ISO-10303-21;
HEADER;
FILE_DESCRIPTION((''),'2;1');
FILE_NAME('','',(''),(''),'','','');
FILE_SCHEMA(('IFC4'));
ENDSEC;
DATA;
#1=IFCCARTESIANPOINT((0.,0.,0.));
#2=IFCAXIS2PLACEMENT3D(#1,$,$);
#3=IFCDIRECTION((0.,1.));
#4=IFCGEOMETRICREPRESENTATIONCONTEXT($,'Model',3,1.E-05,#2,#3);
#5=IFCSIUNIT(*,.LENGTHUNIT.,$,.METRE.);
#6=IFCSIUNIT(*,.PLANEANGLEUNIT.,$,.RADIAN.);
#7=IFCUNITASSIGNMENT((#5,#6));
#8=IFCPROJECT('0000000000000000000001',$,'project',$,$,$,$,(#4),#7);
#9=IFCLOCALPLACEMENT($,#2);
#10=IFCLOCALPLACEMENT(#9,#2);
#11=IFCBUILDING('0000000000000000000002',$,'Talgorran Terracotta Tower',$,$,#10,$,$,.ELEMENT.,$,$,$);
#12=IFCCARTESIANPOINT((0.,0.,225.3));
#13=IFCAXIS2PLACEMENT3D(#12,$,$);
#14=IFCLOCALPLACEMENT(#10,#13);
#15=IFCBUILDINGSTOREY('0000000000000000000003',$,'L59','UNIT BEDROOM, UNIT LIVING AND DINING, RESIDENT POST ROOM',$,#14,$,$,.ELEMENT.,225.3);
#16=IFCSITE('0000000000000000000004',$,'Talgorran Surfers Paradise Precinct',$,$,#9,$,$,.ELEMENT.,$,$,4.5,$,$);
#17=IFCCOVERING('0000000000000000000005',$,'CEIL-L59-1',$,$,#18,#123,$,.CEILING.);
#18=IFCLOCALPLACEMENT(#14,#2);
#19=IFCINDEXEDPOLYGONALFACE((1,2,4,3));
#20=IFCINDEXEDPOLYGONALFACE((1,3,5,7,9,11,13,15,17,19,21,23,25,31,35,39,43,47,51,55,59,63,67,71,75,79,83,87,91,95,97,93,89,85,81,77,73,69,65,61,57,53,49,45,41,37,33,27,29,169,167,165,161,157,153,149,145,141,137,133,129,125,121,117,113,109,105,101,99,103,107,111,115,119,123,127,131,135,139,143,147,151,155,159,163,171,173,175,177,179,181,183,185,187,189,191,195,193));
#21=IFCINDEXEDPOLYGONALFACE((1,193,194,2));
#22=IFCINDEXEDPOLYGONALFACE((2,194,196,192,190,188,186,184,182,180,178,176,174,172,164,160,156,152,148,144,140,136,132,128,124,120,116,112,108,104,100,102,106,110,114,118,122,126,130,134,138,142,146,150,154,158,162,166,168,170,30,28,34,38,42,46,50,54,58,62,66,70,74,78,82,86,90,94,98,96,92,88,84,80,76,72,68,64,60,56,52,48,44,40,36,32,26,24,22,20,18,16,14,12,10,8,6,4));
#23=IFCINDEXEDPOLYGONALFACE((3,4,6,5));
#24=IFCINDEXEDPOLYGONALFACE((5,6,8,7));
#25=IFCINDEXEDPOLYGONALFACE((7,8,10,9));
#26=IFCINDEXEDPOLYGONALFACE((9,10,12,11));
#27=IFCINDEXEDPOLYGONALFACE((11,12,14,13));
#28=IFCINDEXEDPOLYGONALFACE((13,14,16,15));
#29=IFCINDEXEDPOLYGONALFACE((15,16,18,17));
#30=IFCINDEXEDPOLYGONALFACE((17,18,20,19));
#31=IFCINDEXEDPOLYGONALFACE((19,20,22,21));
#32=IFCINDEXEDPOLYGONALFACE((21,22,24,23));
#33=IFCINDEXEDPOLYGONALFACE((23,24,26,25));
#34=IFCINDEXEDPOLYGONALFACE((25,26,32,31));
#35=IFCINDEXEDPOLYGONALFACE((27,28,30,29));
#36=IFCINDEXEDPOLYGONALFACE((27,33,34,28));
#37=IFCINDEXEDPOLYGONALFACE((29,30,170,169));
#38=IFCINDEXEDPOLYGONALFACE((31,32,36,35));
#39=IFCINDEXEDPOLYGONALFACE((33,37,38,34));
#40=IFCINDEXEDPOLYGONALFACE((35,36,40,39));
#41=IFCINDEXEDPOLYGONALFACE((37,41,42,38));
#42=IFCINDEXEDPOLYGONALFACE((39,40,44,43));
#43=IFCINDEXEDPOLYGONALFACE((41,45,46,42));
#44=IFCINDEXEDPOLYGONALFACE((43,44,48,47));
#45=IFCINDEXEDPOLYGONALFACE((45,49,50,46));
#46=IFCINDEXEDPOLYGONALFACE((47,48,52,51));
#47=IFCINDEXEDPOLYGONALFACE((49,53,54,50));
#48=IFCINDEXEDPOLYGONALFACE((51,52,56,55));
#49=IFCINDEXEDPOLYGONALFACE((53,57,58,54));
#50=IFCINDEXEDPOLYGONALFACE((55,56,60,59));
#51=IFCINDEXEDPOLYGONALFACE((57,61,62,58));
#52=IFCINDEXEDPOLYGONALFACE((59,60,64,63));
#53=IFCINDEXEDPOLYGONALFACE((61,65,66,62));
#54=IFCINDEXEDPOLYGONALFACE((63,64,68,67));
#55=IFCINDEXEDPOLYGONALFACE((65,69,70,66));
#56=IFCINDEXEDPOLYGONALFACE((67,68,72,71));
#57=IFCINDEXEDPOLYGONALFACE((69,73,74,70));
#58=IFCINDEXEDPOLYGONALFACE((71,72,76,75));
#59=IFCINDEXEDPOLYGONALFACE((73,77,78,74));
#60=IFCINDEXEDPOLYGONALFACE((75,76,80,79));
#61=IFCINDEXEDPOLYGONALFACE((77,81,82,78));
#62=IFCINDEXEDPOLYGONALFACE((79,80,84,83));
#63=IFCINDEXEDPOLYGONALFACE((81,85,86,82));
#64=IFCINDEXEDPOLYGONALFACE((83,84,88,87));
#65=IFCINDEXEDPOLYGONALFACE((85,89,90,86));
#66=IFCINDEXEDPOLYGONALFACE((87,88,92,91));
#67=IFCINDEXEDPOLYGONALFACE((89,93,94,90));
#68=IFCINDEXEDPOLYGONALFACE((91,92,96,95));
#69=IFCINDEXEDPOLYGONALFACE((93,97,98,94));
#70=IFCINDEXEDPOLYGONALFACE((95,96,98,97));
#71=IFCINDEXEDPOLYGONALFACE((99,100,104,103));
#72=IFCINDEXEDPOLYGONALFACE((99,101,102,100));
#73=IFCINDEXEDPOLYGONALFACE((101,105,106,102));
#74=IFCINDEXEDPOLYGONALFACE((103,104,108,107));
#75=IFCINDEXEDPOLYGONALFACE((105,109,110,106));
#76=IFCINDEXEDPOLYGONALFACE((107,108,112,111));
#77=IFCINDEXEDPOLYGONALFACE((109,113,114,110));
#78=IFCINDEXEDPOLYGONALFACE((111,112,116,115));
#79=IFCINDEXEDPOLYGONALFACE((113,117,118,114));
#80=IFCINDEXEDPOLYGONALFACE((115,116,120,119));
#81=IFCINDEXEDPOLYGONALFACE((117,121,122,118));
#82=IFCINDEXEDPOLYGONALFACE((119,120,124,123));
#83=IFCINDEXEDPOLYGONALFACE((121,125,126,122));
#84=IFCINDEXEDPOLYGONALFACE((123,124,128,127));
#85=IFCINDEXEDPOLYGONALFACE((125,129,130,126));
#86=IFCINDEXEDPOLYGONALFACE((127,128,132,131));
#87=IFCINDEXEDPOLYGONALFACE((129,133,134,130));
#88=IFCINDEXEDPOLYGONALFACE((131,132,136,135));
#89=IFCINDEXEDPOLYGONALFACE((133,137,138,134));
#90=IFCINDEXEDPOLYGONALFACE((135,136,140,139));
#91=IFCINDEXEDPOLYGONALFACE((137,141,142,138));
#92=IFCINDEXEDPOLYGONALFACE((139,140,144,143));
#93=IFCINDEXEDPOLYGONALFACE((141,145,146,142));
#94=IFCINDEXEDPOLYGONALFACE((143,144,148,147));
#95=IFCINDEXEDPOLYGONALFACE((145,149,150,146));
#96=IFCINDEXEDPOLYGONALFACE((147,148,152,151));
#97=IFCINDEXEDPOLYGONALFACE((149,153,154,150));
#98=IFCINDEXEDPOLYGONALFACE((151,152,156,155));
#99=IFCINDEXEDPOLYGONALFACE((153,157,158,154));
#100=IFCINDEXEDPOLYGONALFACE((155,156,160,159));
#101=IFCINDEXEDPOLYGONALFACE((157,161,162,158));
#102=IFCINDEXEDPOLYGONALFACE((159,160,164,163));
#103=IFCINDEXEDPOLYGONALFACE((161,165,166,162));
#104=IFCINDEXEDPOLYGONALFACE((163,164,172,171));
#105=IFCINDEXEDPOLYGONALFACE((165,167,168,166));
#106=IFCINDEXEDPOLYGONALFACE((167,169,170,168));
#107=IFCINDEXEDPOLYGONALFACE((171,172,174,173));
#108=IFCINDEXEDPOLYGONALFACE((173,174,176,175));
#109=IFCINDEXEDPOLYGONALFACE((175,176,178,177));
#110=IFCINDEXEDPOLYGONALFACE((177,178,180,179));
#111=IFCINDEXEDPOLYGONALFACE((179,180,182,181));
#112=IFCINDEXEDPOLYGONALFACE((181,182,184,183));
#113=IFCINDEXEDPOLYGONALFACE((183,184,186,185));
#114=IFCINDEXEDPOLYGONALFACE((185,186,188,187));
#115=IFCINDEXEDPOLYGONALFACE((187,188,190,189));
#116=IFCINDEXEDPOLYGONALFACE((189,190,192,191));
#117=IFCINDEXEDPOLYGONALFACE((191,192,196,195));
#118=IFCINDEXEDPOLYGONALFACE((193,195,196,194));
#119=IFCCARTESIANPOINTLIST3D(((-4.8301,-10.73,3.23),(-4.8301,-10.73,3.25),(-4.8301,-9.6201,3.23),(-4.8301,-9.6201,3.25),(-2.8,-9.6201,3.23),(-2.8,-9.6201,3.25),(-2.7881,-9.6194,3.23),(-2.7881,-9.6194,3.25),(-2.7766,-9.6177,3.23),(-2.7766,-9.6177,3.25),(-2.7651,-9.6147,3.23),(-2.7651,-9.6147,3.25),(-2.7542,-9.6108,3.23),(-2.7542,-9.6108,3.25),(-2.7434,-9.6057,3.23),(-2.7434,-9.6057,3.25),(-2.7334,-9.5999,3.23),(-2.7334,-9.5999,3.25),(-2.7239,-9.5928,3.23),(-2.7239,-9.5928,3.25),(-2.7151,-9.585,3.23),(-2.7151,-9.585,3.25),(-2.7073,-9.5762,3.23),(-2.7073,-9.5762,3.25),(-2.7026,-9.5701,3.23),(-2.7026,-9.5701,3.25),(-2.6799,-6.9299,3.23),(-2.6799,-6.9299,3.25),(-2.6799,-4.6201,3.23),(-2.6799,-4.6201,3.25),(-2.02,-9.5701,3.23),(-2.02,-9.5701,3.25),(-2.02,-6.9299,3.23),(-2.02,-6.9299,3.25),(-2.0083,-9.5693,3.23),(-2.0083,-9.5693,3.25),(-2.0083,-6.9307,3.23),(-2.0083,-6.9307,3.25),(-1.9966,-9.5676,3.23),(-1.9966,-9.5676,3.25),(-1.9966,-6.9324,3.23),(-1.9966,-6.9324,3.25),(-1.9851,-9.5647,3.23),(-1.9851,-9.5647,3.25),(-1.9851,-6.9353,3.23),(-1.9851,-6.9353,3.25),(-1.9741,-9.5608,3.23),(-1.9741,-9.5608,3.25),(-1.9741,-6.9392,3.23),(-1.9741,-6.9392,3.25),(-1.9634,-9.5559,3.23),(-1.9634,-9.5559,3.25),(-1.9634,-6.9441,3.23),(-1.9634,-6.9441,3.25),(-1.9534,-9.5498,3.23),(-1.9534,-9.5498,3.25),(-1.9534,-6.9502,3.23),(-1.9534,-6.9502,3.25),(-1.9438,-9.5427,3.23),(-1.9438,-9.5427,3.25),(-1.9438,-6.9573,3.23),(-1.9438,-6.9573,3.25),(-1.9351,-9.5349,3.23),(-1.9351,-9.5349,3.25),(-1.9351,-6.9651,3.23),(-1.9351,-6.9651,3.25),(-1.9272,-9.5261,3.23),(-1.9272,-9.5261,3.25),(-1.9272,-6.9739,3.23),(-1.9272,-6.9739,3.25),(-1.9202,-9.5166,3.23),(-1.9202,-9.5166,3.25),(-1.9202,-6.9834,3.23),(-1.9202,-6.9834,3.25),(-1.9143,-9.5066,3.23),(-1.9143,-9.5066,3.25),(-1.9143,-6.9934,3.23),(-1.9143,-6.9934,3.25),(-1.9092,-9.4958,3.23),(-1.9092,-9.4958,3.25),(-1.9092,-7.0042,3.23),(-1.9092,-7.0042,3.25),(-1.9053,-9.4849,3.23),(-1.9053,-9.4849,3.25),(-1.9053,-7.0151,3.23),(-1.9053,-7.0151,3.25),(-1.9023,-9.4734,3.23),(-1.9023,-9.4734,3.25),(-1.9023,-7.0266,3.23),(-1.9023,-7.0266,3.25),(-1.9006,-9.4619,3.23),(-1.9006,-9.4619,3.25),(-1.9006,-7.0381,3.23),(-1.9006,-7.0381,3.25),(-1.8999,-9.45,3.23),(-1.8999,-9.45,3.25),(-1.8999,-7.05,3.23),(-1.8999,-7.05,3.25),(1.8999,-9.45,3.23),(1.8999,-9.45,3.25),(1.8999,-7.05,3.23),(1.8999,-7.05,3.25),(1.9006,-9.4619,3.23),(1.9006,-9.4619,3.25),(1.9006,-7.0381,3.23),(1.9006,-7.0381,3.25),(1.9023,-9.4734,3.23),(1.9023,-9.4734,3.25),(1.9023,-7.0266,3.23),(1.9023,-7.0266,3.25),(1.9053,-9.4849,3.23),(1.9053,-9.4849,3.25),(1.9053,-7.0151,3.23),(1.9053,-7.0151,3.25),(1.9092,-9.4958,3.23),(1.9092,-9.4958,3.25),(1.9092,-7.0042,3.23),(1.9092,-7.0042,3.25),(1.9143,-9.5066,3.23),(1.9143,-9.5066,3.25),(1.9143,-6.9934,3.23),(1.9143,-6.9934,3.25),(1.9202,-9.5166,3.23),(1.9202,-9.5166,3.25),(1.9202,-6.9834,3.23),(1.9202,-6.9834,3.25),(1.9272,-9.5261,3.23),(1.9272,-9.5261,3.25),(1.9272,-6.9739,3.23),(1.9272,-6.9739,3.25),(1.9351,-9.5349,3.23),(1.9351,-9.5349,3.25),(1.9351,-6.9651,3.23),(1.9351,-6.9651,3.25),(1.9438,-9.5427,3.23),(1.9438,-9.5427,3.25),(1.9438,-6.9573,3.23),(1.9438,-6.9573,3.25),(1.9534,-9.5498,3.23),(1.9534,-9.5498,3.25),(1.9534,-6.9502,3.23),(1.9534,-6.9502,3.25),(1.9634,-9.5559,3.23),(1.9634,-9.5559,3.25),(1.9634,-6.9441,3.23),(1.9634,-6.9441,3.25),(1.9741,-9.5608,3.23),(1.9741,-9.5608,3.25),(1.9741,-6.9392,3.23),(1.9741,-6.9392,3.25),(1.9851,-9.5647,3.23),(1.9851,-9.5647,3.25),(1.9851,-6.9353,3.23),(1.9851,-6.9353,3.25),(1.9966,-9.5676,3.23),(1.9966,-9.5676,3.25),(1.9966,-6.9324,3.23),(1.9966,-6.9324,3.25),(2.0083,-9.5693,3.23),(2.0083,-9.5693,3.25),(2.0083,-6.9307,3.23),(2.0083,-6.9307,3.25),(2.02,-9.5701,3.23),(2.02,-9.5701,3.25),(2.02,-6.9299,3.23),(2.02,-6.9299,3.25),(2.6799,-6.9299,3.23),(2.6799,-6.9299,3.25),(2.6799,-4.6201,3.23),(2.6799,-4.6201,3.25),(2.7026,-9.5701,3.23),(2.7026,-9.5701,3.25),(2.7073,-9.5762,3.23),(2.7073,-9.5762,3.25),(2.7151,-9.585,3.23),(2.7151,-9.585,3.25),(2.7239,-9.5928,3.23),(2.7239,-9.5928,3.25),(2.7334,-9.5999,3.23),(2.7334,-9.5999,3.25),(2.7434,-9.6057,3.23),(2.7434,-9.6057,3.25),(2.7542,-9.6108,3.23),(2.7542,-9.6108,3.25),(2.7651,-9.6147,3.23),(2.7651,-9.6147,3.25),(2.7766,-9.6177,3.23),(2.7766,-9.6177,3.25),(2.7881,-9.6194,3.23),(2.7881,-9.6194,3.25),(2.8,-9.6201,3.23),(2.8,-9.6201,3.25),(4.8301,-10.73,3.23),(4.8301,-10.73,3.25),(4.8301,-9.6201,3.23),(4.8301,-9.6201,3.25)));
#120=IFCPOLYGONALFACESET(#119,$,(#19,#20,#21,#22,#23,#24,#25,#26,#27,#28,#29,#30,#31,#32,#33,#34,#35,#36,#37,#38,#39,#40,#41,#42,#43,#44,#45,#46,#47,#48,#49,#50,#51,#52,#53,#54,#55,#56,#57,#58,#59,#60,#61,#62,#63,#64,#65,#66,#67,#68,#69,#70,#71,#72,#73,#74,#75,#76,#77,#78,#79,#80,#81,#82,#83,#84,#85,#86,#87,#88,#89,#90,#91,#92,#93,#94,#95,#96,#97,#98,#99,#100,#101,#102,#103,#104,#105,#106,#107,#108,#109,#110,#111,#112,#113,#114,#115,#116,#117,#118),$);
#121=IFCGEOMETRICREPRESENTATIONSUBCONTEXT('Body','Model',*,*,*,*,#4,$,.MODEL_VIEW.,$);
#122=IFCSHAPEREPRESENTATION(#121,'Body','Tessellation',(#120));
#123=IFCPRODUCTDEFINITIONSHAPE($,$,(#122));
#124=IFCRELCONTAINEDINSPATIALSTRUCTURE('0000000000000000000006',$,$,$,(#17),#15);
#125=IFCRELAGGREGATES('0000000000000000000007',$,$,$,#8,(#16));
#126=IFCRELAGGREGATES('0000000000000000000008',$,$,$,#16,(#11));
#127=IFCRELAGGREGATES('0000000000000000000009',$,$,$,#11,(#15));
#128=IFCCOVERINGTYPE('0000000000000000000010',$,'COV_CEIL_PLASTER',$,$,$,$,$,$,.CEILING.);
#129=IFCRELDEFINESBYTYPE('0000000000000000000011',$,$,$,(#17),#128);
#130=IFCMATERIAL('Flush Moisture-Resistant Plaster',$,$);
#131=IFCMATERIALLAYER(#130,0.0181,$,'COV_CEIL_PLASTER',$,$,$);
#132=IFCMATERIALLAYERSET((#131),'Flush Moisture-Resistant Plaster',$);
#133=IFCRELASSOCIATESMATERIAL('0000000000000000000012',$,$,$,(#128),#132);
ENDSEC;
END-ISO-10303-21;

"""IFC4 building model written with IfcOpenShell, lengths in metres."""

from ifc_helpers import new_model, si_unit, direction, frame, origin, place, context, subcontext, project, spatial, polyline, outline, extrude, material, layer, layer_set, type_object, element, save


model = new_model("IFC4")

# Units and contexts
model_context = context("Model", 3, precision=1e-05, world=origin(), true_north=direction((0.0, 1.0)))
body_context = subcontext(model_context, "Body", "Model", "MODEL_VIEW")
ifc_project = project(units=[si_unit("LENGTHUNIT", "METRE"), si_unit("PLANEANGLEUNIT", "RADIAN")], contexts=[model_context])

# Site, building, storey
site_placement = place(None, origin())
site = spatial("IfcSite", under=ifc_project, at=site_placement, Name="Talgorran Surfers Paradise Precinct", CompositionType="ELEMENT", RefElevation=4.5)
building_placement = place(site_placement, origin())
building = spatial("IfcBuilding", under=site, at=building_placement, Name="Talgorran Terracotta Tower", CompositionType="ELEMENT")
storey_placement = place(building_placement, frame((0.0, 0.0, 225.3)))
storey = spatial("IfcBuildingStorey", under=building, at=storey_placement, Name="L59", Description="UNIT BEDROOM, UNIT LIVING AND DINING, RESIDENT POST ROOM", CompositionType="ELEMENT", Elevation=225.3)

# Covering
ifc_material_1 = material(Name="Flush Moisture-Resistant Plaster")
ifc_layer_1 = layer(ifc_material_1, 0.0181, Name="COV_CEIL_PLASTER")
ifc_layer_set_1 = layer_set([ifc_layer_1], Name="Flush Moisture-Resistant Plaster")
covering_type_1 = type_object("IfcCoveringType", Name="COV_CEIL_PLASTER", PredefinedType="CEILING", material=ifc_layer_set_1)
covering_1_placement = place(storey_placement, frame((0.0, 0.0, 3.23)))
element("IfcCovering", 1, at=covering_1_placement, inside=storey, type_object=covering_type_1, Name="CEIL-L59-1", PredefinedType="CEILING", context=body_context, shape_type="SweptSolid", body=[
    extrude(outline(polyline([(-2.7026, -9.5701), (-2.02, -9.5701), (-2.0083, -9.5693), (-1.9966, -9.5676), (-1.9851, -9.5647), (-1.9741, -9.5608), (-1.9634, -9.5559), (-1.9534, -9.5498), (-1.9438, -9.5427), (-1.9351, -9.5349), (-1.9272, -9.5261), (-1.9202, -9.5166), (-1.9143, -9.5066), (-1.9092, -9.4958), (-1.9053, -9.4849), (-1.9023, -9.4734), (-1.9006, -9.4619), (-1.8999, -9.45), (-1.8999, -7.05), (-1.9006, -7.0381), (-1.9023, -7.0266), (-1.9053, -7.0151), (-1.9092, -7.0042), (-1.9143, -6.9934), (-1.9202, -6.9834), (-1.9272, -6.9739), (-1.9351, -6.9651), (-1.9438, -6.9573), (-1.9534, -6.9502), (-1.9634, -6.9441), (-1.9741, -6.9392), (-1.9851, -6.9353), (-1.9966, -6.9324), (-2.0083, -6.9307), (-2.02, -6.9299), (-2.6799, -6.9299), (-2.6799, -4.6201), (2.6799, -4.6201), (2.6799, -6.9299), (2.02, -6.9299), (2.0083, -6.9307), (1.9966, -6.9324), (1.9851, -6.9353), (1.9741, -6.9392), (1.9634, -6.9441), (1.9534, -6.9502), (1.9438, -6.9573), (1.9351, -6.9651), (1.9272, -6.9739), (1.9202, -6.9834), (1.9143, -6.9934), (1.9092, -7.0042), (1.9053, -7.0151), (1.9023, -7.0266), (1.9006, -7.0381), (1.8999, -7.05), (1.8999, -9.45), (1.9006, -9.4619), (1.9023, -9.4734), (1.9053, -9.4849), (1.9092, -9.4958), (1.9143, -9.5066), (1.9202, -9.5166), (1.9272, -9.5261), (1.9351, -9.5349), (1.9438, -9.5427), (1.9534, -9.5498), (1.9634, -9.5559), (1.9741, -9.5608), (1.9851, -9.5647), (1.9966, -9.5676), (2.0083, -9.5693), (2.02, -9.5701), (2.7026, -9.5701), (2.7073, -9.5762), (2.7151, -9.585), (2.7239, -9.5928), (2.7334, -9.5999), (2.7434, -9.6057), (2.7542, -9.6108), (2.7651, -9.6147), (2.7766, -9.6177), (2.7881, -9.6194), (2.8, -9.6201), (4.8301, -9.6201), (4.8301, -10.73), (-4.8301, -10.73), (-4.8301, -9.6201), (-2.8, -9.6201), (-2.7881, -9.6194), (-2.7766, -9.6177), (-2.7651, -9.6147), (-2.7542, -9.6108), (-2.7434, -9.6057), (-2.7334, -9.5999), (-2.7239, -9.5928), (-2.7151, -9.585), (-2.7073, -9.5762), (-2.7026, -9.5701)])), origin(), (0.0, 0.0, 1.0), 0.02),
])

save(model, "model.ifc")
